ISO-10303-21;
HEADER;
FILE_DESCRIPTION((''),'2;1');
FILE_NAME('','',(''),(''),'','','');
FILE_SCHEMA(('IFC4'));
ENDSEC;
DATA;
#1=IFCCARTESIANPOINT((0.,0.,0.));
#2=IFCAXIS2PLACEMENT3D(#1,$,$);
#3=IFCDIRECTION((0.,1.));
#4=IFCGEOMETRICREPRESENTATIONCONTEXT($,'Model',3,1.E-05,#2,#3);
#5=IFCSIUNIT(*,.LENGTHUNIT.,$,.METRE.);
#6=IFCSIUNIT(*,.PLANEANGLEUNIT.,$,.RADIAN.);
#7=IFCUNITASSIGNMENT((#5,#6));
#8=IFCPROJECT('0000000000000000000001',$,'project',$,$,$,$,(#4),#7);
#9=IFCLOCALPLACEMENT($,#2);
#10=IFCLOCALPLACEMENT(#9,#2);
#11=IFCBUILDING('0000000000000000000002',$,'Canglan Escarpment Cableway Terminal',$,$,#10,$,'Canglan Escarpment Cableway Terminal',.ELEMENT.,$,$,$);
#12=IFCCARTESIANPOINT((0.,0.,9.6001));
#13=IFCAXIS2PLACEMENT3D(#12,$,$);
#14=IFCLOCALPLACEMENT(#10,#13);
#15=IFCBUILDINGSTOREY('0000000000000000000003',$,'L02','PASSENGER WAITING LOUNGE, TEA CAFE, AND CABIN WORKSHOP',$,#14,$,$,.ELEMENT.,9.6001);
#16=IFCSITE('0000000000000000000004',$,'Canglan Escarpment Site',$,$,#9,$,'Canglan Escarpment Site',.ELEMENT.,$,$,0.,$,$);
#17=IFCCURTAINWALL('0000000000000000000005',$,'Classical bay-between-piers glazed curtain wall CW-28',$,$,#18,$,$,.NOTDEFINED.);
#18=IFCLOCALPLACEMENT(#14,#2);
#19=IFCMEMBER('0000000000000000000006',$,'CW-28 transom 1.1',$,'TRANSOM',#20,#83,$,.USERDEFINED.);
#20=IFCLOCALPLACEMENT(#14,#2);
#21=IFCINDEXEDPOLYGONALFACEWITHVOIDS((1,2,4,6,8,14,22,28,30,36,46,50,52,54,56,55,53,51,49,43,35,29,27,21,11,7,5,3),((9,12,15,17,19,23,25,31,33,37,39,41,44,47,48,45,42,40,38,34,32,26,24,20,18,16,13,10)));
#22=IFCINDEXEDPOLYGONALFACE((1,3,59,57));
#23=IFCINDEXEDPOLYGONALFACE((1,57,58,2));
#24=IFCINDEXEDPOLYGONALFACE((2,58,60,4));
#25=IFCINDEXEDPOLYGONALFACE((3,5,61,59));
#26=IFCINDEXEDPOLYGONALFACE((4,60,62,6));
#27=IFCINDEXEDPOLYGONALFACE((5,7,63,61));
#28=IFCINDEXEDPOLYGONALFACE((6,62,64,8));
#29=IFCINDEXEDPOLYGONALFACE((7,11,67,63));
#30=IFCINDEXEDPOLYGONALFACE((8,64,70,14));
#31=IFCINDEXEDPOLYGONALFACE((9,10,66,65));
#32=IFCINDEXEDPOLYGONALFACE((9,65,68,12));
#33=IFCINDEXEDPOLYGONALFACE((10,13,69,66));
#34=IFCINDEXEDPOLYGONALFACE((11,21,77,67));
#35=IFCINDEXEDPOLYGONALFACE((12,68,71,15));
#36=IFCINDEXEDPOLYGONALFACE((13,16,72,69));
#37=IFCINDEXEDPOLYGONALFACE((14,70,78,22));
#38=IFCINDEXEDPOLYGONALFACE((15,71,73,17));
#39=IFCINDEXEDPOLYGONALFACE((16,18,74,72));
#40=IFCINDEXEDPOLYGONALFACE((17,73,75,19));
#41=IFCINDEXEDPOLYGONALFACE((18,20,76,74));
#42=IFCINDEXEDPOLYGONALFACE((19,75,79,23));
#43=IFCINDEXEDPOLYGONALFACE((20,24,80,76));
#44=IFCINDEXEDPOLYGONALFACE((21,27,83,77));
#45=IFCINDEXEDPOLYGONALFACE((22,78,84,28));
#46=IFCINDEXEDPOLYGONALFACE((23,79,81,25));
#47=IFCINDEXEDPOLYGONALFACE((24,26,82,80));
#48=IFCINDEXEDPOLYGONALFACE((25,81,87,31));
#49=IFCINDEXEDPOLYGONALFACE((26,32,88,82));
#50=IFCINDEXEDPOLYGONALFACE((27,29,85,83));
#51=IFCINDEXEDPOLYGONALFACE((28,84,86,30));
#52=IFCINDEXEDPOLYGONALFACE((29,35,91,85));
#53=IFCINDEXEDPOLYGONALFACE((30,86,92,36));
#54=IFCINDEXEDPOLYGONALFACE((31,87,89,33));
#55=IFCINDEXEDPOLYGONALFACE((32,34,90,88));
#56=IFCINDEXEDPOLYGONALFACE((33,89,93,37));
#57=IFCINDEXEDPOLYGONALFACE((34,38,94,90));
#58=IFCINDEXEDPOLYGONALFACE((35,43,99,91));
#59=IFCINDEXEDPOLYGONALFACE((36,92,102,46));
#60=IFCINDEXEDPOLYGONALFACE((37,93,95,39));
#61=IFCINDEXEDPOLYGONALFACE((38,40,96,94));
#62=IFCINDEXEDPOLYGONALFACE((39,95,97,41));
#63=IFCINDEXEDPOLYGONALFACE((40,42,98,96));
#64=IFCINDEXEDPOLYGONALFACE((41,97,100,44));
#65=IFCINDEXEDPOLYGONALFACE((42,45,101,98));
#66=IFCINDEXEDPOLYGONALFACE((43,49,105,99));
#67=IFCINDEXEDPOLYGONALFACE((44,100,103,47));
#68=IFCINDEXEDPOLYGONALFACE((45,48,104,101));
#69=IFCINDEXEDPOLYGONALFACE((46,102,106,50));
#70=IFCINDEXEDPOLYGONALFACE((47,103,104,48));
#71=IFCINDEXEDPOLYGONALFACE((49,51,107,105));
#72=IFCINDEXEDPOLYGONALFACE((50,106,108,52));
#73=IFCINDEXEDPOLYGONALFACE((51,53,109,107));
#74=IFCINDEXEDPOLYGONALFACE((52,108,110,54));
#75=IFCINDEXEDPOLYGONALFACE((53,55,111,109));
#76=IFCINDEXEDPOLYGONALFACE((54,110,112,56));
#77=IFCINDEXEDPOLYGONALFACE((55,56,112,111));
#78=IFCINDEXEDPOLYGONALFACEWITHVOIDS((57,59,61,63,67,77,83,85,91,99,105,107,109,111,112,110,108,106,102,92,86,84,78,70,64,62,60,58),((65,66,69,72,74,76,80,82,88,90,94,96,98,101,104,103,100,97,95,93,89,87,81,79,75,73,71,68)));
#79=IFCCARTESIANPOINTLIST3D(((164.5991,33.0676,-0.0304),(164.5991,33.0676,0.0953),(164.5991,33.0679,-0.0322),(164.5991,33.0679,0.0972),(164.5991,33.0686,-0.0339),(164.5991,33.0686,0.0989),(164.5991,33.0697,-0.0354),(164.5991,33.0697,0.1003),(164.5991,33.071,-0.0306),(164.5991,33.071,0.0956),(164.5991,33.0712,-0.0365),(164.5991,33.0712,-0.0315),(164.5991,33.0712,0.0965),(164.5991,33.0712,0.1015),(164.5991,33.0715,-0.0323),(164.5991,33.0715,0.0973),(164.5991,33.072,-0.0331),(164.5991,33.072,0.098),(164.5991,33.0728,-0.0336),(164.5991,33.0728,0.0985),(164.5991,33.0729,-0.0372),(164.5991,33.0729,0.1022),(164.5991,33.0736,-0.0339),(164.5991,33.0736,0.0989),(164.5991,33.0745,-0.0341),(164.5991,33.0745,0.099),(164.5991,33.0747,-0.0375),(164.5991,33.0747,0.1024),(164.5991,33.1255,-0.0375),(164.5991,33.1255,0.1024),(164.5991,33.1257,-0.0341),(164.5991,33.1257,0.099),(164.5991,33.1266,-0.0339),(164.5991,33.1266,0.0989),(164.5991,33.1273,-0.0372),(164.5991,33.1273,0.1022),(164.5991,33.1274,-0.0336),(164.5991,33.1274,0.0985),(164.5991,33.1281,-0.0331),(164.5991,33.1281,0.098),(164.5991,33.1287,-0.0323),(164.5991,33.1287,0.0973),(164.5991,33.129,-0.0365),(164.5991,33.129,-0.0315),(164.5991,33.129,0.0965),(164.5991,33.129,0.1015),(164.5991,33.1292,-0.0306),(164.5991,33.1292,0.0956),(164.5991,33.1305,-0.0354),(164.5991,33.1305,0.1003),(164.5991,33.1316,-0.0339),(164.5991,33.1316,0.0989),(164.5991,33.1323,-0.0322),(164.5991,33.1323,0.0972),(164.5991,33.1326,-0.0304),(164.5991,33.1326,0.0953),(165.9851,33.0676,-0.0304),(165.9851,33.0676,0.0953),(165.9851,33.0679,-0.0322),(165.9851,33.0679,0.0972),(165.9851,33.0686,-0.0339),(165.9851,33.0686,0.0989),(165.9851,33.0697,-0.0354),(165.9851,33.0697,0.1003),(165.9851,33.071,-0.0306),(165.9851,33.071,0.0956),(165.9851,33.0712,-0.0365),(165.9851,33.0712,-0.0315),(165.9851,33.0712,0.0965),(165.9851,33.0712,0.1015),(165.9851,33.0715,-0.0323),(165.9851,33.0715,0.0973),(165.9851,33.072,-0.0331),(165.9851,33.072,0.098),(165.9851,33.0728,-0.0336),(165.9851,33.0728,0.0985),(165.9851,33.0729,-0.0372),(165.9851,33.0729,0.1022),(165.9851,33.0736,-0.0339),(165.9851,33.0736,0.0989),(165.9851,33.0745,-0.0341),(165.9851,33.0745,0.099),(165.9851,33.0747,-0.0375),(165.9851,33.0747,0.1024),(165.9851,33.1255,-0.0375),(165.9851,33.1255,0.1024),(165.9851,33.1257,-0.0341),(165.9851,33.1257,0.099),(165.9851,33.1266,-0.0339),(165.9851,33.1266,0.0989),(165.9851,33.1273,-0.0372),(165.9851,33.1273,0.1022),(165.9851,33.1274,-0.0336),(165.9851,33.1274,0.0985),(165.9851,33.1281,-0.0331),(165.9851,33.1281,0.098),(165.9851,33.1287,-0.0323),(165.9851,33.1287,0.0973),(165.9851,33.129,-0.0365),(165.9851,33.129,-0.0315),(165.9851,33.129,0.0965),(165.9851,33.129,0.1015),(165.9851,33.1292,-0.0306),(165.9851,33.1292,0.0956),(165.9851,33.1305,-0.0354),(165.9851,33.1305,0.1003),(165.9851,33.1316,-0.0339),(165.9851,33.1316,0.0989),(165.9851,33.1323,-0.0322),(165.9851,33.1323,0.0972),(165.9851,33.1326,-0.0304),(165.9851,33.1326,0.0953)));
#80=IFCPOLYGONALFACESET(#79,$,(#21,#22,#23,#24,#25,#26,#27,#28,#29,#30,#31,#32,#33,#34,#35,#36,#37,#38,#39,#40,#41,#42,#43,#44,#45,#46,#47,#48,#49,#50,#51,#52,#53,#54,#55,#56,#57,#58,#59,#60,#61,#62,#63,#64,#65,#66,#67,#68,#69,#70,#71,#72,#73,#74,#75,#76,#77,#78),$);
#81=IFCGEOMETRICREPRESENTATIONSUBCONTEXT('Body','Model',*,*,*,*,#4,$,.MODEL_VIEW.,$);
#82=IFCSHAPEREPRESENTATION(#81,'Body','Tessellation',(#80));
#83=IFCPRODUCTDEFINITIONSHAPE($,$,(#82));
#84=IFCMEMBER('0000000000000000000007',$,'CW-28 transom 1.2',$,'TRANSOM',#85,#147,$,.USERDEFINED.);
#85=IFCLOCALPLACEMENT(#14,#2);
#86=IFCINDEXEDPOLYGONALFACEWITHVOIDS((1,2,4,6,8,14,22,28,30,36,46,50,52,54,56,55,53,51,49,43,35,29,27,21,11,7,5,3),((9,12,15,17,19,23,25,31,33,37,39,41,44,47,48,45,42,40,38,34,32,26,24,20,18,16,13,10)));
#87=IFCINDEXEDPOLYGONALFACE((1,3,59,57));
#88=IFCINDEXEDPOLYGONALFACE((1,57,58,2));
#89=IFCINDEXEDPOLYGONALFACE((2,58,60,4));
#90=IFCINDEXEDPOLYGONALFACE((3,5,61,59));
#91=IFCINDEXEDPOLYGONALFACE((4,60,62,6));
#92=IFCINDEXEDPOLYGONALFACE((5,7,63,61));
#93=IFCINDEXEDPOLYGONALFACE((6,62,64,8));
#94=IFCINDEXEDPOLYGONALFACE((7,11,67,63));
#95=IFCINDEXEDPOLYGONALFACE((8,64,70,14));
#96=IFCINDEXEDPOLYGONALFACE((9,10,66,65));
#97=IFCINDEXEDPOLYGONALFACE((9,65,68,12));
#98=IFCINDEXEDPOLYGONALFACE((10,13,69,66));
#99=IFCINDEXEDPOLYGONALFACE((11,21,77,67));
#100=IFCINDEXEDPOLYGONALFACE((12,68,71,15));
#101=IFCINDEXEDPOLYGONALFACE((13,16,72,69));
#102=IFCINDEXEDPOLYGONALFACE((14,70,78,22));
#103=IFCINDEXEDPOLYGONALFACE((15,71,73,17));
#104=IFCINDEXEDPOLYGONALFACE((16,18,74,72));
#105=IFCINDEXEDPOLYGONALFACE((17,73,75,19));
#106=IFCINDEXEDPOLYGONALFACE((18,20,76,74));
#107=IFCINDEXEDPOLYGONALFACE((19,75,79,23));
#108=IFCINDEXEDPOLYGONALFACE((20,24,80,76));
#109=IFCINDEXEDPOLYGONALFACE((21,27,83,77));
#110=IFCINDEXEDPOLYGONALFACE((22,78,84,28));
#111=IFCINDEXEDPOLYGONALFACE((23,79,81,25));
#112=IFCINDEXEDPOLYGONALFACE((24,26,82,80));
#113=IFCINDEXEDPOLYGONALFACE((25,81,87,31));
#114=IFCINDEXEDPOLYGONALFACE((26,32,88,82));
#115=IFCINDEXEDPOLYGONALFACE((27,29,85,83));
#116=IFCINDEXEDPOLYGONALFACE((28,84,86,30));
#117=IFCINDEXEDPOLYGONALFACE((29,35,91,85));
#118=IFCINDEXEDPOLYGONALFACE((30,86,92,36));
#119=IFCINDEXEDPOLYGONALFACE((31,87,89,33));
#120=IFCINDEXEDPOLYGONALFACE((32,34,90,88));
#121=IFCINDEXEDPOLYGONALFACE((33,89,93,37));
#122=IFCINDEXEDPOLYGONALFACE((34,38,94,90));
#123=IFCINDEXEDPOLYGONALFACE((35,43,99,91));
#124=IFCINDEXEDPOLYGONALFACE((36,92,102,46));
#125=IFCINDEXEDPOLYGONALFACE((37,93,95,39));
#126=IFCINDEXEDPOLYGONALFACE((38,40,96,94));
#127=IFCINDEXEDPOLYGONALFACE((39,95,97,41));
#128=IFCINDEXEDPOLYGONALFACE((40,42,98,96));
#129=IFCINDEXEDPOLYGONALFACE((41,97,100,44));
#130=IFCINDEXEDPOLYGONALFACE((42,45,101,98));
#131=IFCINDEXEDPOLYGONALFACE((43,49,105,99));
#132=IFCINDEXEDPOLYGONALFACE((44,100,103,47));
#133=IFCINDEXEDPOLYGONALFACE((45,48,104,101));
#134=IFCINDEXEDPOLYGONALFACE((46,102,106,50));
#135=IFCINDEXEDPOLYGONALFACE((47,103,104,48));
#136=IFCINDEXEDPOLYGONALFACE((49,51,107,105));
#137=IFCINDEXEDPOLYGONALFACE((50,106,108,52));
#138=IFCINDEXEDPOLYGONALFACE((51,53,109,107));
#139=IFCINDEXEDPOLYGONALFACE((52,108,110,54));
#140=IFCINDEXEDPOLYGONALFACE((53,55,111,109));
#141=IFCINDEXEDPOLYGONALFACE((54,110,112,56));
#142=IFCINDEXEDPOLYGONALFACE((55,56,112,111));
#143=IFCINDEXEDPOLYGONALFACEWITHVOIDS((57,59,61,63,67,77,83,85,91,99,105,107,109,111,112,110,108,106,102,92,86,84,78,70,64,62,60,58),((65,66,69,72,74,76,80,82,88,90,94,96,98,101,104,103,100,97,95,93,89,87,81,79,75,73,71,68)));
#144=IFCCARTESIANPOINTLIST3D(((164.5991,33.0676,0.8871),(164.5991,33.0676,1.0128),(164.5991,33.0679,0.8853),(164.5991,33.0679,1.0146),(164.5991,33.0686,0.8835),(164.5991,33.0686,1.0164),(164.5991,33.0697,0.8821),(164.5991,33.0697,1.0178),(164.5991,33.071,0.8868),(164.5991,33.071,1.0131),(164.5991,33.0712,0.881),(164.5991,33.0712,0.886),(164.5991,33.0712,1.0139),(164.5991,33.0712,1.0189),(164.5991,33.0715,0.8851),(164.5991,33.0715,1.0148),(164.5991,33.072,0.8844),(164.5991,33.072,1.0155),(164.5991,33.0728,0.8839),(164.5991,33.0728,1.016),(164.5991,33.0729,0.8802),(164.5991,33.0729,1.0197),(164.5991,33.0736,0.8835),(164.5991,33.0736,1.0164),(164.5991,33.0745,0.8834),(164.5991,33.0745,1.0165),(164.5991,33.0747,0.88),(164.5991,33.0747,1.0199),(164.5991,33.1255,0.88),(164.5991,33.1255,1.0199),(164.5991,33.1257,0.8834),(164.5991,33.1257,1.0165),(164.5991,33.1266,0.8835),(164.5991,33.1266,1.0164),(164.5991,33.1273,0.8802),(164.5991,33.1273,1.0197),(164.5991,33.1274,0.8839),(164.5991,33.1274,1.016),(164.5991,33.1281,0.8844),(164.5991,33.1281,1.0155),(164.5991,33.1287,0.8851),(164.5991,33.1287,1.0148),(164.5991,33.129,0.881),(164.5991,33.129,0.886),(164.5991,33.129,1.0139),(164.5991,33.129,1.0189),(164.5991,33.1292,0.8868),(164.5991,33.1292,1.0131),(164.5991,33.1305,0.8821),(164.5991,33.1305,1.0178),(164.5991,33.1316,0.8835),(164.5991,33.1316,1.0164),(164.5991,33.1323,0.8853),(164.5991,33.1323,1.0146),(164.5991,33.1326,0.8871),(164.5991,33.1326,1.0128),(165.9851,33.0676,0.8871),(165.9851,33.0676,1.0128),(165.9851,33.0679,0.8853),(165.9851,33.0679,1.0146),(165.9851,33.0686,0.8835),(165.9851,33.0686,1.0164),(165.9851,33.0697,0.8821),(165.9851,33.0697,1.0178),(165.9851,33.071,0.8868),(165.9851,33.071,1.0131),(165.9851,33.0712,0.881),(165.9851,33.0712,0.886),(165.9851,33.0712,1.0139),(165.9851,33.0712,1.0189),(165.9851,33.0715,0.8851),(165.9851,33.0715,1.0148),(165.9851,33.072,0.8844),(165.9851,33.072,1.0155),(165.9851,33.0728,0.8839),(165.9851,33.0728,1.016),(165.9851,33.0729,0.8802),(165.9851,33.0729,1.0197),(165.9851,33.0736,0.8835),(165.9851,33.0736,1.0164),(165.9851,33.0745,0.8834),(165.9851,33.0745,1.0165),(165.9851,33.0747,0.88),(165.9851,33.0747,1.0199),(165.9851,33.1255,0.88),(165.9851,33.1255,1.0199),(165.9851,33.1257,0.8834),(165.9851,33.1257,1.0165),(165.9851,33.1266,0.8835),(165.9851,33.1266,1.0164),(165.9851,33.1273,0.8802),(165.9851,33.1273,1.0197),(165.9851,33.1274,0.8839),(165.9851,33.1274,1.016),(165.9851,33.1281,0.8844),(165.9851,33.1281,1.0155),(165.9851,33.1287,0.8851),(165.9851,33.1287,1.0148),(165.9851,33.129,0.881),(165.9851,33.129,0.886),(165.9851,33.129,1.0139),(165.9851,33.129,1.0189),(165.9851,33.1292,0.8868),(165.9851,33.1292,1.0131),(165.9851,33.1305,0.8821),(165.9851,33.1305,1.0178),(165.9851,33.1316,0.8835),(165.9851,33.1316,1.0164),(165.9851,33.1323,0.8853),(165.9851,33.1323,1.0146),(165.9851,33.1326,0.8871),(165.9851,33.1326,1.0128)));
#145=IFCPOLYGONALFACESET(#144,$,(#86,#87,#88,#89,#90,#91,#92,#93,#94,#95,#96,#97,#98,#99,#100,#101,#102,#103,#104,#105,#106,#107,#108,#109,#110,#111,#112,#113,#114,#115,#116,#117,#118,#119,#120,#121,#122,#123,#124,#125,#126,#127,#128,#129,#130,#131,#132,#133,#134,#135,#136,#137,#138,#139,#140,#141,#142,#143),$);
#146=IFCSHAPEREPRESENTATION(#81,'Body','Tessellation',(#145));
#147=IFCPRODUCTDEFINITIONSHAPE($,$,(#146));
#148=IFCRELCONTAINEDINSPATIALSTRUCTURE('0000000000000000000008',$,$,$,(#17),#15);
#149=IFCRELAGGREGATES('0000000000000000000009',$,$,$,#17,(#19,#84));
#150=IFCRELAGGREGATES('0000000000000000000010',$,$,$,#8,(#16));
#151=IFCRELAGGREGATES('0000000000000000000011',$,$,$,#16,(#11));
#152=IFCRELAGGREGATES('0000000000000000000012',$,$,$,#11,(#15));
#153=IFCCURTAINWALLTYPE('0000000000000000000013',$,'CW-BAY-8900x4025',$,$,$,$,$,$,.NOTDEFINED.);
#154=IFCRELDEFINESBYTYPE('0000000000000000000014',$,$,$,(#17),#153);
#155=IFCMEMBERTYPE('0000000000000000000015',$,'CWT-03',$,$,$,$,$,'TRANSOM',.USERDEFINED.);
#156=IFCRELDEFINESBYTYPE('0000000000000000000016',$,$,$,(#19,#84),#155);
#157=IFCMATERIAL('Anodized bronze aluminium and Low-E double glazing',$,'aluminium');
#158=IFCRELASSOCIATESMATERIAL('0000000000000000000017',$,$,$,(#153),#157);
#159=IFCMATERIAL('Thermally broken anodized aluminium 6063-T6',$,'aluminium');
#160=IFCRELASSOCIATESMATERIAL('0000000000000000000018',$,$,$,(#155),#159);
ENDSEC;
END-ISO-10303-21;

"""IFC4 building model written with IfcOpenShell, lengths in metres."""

from ifc_helpers import new_model, si_unit, direction, frame, origin, origin_2d, place, context, subcontext, project, spatial, hollow_rectangle, extrude, material, material_profile, profile_set, type_object, element, aggregate, save


model = new_model("IFC4")

# Units and contexts
model_context = context("Model", 3, precision=1e-05, world=origin(), true_north=direction((0.0, 1.0)))
body_context = subcontext(model_context, "Body", "Model", "MODEL_VIEW")
ifc_project = project(units=[si_unit("LENGTHUNIT", "METRE"), si_unit("PLANEANGLEUNIT", "RADIAN")], contexts=[model_context])

# Site, building, storey
site_placement = place(None, origin())
site = spatial("IfcSite", under=ifc_project, at=site_placement, Name="Canglan Escarpment Site", LongName="Canglan Escarpment Site", CompositionType="ELEMENT", RefElevation=0.0)
building_placement = place(site_placement, origin())
building = spatial("IfcBuilding", under=site, at=building_placement, Name="Canglan Escarpment Cableway Terminal", LongName="Canglan Escarpment Cableway Terminal", CompositionType="ELEMENT")
storey_placement = place(building_placement, frame((0.0, 0.0, 9.6001)))
storey = spatial("IfcBuildingStorey", under=building, at=storey_placement, Name="L02", Description="PASSENGER WAITING LOUNGE, TEA CAFE, AND CABIN WORKSHOP", CompositionType="ELEMENT", Elevation=9.6001)

# Curtain wall
ifc_material_1 = material(Name="Anodized bronze aluminium and Low-E double glazing", Category="aluminium")
ifc_material_2 = material(Name="Thermally broken anodized aluminium 6063-T6", Category="aluminium")
curtain_wall_type_1 = type_object("IfcCurtainWallType", Name="CW-BAY-8900x4025", PredefinedType="NOTDEFINED", material=ifc_material_1)
curtain_wall_1_placement = place(storey_placement, origin())
curtain_wall_1 = element("IfcCurtainWall", 1, at=curtain_wall_1_placement, inside=storey, type_object=curtain_wall_type_1, Name="Classical bay-between-piers glazed curtain wall CW-28", PredefinedType="NOTDEFINED")

# Members
ifc_material_profile_1 = material_profile(ifc_material_2, hollow_rectangle(XDim=0.0649, YDim=0.1399, WallThickness=0.0034, InnerFilletRadius=0.0034, OuterFilletRadius=0.0071, at=origin_2d()), Name="ALU-TRAN 65x140x3.5")
ifc_profile_set_1 = profile_set([ifc_material_profile_1], Name="Thermally broken anodized aluminium 6063-T6")
member_type_1 = type_object("IfcMemberType", Name="CWT-03", ElementType="TRANSOM", PredefinedType="USERDEFINED", material=ifc_profile_set_1)
member_1_placement = place(storey_placement, frame((165.9851, 33.1001, 0.0325), z_axis=(-1.0, 0.0, 0.0), x_axis=(0.0, -1.0, 0.0)))
member_1 = element("IfcMember", 2, at=member_1_placement, type_object=member_type_1, Name="CW-28 transom 1.1", ObjectType="TRANSOM", PredefinedType="USERDEFINED", context=body_context, shape_type="SweptSolid", body=[
    extrude(hollow_rectangle(XDim=0.0649, YDim=0.1399, WallThickness=0.0034, InnerFilletRadius=0.0034, OuterFilletRadius=0.0071, at=origin_2d()), origin(), (0.0, 0.0, 1.0), 1.386),
])
member_2_placement = place(storey_placement, frame((165.9851, 33.1001, 0.95), z_axis=(-1.0, 0.0, 0.0), x_axis=(0.0, -1.0, 0.0)))
member_2 = element("IfcMember", 3, at=member_2_placement, type_object=member_type_1, Name="CW-28 transom 1.2", ObjectType="TRANSOM", PredefinedType="USERDEFINED", context=body_context, shape_type="SweptSolid", body=[
    extrude(hollow_rectangle(XDim=0.0649, YDim=0.1399, WallThickness=0.0034, InnerFilletRadius=0.0034, OuterFilletRadius=0.0071, at=origin_2d()), origin(), (0.0, 0.0, 1.0), 1.386),
])

aggregate(curtain_wall_1, [member_1, member_2])

save(model, "model.ifc")
